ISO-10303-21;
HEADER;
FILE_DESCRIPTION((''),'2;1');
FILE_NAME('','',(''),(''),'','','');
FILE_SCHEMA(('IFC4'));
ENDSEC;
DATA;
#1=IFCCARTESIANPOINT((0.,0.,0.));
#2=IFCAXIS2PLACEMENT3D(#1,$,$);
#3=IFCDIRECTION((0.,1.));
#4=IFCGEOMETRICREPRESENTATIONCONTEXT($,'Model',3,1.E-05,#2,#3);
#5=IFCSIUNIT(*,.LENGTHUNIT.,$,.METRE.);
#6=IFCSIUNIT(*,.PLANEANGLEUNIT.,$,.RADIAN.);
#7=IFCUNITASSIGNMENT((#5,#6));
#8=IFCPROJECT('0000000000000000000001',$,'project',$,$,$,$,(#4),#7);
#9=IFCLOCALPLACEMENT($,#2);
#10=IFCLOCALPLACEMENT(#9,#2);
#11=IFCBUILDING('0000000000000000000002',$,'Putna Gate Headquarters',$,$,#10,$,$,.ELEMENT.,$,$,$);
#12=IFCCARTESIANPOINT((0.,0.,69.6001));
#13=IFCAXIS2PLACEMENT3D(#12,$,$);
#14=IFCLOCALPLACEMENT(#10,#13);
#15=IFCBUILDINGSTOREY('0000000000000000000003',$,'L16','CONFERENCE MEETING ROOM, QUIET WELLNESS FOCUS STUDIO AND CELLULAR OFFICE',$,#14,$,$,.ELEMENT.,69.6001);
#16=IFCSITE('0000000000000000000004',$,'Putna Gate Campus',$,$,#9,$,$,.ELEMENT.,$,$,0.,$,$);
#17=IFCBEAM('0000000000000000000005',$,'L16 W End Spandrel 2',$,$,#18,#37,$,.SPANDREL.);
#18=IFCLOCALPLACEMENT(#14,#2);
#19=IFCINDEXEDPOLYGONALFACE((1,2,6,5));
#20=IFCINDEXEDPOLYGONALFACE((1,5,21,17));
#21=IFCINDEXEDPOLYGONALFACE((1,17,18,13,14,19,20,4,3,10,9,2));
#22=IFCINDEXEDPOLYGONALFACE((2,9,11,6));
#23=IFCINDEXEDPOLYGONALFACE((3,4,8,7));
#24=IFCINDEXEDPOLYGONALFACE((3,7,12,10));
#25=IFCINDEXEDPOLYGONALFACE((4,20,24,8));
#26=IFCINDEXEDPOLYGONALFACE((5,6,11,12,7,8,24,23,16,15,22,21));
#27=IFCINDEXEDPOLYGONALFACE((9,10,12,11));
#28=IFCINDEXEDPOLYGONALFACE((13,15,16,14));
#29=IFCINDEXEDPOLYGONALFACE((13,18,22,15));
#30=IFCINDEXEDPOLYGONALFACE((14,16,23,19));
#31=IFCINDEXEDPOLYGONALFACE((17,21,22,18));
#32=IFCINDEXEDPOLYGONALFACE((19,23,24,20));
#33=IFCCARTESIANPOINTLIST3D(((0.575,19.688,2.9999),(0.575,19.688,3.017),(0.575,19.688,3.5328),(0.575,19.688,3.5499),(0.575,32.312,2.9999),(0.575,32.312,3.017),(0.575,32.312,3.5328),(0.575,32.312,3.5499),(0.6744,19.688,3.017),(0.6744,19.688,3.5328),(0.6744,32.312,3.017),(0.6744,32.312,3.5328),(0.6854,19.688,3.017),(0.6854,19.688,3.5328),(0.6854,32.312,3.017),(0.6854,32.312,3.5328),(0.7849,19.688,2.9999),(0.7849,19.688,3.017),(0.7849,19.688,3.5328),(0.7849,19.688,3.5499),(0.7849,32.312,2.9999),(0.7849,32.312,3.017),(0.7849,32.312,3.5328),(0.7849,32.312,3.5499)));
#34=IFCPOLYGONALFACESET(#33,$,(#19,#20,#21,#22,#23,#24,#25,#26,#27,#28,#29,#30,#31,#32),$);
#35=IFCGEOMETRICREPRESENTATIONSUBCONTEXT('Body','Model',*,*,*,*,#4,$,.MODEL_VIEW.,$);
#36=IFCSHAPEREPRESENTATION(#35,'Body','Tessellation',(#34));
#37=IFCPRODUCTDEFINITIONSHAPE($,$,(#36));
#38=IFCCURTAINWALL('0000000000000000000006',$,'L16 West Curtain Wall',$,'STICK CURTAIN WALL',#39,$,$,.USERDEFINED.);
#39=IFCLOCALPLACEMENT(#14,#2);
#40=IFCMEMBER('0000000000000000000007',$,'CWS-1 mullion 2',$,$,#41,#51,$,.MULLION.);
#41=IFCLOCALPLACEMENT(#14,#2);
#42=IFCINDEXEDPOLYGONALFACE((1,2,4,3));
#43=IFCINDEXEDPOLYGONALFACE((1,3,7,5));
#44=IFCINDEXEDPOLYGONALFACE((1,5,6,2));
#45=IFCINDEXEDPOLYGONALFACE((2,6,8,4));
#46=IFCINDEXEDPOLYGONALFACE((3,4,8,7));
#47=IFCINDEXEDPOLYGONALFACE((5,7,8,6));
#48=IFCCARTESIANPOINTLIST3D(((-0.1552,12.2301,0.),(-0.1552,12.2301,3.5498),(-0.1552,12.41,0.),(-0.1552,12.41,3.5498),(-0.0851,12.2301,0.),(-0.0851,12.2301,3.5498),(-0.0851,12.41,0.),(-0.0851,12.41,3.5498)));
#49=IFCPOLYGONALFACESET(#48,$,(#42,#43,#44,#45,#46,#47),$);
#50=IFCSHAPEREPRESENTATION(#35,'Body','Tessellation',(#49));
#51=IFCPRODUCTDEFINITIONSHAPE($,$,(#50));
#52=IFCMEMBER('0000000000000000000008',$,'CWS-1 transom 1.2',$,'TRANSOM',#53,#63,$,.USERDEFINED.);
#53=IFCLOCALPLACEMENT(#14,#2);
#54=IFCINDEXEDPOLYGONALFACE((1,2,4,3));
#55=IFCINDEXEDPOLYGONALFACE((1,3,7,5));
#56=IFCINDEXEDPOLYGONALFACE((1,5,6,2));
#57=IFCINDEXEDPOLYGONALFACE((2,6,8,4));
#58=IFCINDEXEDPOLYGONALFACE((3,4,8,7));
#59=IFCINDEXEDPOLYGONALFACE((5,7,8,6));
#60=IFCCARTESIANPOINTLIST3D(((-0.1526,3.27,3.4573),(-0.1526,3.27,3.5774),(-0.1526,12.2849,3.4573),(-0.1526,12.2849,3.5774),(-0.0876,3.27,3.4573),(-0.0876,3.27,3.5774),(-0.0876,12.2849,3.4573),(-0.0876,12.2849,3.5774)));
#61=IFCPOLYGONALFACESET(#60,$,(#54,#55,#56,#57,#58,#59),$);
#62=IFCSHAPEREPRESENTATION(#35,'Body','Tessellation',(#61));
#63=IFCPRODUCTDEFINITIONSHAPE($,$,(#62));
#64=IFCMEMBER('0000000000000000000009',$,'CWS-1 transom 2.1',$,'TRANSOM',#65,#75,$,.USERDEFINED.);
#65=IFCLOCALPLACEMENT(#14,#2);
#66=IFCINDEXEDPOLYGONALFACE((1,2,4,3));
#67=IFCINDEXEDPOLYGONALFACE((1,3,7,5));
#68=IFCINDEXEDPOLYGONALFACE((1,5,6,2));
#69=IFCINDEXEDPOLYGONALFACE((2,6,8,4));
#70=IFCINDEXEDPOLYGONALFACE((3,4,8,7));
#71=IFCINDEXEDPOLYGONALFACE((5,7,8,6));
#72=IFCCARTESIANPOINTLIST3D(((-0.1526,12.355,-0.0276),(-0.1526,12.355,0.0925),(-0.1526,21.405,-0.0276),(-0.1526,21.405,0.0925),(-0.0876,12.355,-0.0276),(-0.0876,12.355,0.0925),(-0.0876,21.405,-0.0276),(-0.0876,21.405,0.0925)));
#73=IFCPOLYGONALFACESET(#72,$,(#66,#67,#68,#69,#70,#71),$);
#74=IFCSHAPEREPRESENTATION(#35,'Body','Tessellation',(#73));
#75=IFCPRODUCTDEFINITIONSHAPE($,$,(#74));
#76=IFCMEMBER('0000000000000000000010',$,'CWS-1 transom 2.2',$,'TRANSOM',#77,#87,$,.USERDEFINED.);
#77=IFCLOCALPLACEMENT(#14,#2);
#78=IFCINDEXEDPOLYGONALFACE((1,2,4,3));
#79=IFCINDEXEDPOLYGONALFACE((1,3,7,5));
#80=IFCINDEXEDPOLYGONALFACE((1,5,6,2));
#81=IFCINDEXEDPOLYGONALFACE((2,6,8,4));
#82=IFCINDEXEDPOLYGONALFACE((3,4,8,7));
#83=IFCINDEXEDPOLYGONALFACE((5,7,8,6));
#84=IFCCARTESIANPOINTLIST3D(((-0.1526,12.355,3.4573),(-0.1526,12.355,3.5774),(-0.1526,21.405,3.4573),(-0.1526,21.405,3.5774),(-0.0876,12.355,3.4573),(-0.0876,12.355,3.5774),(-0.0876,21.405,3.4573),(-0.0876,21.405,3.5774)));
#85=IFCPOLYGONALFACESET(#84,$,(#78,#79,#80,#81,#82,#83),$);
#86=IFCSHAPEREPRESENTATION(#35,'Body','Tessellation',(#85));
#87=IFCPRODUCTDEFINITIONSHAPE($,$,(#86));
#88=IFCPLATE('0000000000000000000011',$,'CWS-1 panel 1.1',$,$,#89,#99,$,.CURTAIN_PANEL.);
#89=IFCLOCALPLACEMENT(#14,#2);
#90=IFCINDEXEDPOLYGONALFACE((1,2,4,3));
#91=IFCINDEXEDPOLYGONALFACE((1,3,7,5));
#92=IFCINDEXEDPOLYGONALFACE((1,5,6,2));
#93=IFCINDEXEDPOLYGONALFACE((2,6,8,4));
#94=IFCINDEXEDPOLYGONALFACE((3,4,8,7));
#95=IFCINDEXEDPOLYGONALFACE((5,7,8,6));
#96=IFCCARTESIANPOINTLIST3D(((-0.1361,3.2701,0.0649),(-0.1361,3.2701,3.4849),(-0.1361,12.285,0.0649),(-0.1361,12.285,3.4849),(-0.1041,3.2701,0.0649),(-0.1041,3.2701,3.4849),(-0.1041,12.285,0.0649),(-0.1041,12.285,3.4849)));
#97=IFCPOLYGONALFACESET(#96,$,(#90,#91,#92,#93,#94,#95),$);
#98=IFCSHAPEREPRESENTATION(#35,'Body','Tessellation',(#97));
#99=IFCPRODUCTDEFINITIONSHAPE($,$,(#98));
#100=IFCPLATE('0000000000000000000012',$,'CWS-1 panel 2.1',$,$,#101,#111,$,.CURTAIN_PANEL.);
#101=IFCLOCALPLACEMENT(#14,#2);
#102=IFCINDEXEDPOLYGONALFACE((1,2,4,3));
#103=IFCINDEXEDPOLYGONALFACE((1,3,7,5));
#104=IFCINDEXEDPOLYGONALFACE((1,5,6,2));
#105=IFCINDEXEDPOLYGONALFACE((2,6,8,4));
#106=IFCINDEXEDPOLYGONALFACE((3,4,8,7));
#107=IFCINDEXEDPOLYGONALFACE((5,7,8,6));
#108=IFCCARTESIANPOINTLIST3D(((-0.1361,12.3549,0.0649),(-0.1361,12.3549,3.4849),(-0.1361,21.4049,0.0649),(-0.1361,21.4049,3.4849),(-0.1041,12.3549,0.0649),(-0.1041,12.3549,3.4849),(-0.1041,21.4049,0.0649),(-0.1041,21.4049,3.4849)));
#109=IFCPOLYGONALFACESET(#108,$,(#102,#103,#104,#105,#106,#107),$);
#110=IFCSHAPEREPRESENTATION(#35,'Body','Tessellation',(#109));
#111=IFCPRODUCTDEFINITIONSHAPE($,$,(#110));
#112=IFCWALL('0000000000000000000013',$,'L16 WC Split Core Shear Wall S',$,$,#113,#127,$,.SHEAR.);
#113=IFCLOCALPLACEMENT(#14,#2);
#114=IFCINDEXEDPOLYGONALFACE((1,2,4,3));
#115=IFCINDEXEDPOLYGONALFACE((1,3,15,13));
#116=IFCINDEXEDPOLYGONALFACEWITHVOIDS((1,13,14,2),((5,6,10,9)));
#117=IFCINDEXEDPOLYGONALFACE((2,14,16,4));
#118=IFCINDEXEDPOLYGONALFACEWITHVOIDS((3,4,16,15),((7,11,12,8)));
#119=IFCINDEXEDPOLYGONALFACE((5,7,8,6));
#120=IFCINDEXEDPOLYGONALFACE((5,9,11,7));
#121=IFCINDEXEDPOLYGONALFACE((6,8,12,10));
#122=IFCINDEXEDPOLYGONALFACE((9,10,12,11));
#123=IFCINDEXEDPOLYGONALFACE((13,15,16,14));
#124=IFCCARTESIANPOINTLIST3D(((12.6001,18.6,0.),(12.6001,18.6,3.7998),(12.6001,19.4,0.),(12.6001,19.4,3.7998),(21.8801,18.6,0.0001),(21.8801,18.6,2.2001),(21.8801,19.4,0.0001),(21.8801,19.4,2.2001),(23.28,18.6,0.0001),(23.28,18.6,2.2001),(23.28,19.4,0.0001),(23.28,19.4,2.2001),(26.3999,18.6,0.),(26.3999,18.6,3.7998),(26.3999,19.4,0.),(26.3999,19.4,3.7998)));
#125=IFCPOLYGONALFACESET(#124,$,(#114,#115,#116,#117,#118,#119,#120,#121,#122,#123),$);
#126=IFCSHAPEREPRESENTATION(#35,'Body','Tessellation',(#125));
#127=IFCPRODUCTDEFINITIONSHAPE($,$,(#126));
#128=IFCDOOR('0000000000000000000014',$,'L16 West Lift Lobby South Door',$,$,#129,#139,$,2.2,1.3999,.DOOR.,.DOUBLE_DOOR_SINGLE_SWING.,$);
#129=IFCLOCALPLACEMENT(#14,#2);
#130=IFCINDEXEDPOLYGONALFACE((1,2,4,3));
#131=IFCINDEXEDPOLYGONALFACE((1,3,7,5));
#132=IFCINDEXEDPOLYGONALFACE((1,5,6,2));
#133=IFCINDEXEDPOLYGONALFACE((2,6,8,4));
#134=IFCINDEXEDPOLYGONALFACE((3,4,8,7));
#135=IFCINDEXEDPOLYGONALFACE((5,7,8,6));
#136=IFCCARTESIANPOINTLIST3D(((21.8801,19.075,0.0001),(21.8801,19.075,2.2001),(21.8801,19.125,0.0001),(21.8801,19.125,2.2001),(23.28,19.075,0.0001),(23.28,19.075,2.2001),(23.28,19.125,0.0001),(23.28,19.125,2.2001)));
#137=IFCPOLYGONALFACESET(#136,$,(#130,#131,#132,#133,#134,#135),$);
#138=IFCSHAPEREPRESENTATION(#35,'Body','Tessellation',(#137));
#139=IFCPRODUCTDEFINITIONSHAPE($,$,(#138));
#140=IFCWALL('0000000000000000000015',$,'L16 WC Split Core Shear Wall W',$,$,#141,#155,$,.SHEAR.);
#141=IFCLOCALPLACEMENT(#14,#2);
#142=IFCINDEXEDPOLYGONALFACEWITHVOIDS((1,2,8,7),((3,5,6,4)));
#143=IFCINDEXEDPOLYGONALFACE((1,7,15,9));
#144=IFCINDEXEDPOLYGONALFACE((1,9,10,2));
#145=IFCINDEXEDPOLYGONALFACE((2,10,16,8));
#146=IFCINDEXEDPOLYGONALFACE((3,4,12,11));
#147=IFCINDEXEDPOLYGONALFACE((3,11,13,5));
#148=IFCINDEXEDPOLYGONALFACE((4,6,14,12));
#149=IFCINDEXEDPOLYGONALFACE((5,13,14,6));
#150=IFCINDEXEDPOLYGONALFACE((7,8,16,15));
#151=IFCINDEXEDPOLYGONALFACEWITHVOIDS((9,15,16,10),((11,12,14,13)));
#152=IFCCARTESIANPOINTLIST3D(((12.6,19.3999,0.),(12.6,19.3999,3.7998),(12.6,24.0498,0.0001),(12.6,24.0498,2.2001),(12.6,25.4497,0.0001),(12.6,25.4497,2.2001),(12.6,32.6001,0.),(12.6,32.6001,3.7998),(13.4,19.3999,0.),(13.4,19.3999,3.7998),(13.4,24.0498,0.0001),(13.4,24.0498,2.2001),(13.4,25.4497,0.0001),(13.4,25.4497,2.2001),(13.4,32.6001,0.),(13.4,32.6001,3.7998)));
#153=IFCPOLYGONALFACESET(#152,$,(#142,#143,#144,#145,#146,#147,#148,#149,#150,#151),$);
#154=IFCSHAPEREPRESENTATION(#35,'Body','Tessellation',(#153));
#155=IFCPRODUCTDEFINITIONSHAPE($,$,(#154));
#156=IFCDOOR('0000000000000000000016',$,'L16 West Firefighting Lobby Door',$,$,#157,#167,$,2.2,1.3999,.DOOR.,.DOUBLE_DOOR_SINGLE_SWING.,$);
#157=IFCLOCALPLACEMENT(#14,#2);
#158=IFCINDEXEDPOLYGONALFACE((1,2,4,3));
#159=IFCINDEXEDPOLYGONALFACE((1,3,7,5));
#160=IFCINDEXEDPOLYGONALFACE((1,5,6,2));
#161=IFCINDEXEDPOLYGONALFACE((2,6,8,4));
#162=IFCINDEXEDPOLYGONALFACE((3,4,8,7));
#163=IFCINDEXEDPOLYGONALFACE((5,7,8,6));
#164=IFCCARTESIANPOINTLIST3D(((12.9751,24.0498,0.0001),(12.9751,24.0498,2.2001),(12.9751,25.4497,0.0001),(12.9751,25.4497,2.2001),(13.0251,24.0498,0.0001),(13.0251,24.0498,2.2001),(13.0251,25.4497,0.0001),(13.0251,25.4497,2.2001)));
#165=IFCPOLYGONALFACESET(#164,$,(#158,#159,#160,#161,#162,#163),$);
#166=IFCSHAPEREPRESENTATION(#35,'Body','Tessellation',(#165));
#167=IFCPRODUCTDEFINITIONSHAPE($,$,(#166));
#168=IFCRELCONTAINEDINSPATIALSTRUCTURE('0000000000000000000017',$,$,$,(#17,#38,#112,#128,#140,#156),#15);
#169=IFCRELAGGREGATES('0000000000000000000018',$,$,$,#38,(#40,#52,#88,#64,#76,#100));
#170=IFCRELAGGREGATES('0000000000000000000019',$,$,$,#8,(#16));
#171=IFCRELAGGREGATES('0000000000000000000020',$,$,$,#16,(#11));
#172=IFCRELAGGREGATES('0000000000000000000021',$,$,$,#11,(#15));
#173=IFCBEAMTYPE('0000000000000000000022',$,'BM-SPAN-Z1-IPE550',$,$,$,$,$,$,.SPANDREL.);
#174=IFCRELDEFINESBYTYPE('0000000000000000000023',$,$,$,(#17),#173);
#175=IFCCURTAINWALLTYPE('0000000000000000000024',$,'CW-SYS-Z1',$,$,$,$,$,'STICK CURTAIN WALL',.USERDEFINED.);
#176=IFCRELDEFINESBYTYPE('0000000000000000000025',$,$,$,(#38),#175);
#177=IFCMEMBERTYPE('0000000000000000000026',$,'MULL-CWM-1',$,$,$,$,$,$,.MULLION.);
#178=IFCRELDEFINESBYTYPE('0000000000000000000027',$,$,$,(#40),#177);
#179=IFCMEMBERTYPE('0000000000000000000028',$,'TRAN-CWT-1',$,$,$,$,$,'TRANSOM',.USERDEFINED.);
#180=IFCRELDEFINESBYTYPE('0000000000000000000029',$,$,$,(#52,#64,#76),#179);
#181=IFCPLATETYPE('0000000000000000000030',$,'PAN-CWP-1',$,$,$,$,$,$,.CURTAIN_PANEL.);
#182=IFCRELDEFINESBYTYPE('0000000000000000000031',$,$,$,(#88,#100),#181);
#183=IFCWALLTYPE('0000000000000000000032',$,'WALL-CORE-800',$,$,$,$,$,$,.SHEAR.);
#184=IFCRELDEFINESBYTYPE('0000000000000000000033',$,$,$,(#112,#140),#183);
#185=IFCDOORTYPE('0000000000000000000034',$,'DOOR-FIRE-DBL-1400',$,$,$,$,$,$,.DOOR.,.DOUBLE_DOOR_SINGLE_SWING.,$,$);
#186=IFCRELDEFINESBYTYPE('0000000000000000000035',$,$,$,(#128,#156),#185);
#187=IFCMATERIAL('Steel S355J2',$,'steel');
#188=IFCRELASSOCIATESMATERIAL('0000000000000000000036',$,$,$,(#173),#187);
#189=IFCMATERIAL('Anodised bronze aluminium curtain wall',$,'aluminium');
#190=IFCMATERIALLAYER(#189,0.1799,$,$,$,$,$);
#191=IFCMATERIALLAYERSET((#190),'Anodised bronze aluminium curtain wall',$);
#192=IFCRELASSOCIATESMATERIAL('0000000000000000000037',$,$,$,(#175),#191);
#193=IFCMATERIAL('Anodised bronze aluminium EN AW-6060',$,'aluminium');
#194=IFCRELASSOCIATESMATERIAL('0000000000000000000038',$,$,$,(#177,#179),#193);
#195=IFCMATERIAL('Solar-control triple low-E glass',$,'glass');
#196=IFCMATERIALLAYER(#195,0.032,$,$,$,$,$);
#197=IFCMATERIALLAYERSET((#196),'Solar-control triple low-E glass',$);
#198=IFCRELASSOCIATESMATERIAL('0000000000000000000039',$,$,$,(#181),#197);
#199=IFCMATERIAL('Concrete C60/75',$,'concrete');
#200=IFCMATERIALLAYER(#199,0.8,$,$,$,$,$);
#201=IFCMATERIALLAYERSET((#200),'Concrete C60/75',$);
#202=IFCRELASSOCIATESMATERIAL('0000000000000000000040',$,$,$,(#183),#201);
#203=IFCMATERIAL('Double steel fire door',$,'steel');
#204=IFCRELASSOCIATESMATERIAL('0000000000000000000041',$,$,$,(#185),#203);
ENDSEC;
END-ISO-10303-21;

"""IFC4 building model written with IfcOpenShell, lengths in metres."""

from ifc_helpers import new_model, si_unit, direction, frame, frame_2d, origin, origin_2d, place, context, subcontext, project, spatial, rectangle, i_section, extrude, material, layer, layer_set, material_profile, profile_set, type_object, element, fill, aggregate, save


model = new_model("IFC4")

# Units and contexts
model_context = context("Model", 3, precision=1e-05, world=origin(), true_north=direction((0.0, 1.0)))
body_context = subcontext(model_context, "Body", "Model", "MODEL_VIEW")
ifc_project = project(units=[si_unit("LENGTHUNIT", "METRE"), si_unit("PLANEANGLEUNIT", "RADIAN")], contexts=[model_context])

# Site, building, storey
site_placement = place(None, origin())
site = spatial("IfcSite", under=ifc_project, at=site_placement, Name="Putna Gate Campus", CompositionType="ELEMENT", RefElevation=0.0)
building_placement = place(site_placement, origin())
building = spatial("IfcBuilding", under=site, at=building_placement, Name="Putna Gate Headquarters", CompositionType="ELEMENT")
storey_placement = place(building_placement, frame((0.0, 0.0, 69.6001)))
storey = spatial("IfcBuildingStorey", under=building, at=storey_placement, Name="L16", Description="CONFERENCE MEETING ROOM, QUIET WELLNESS FOCUS STUDIO AND CELLULAR OFFICE", CompositionType="ELEMENT", Elevation=69.6001)

# Shared definitions
ifc_material_1 = material(Name="Concrete C60/75", Category="concrete")

# Beam
ifc_material_2 = material(Name="Steel S355J2", Category="steel")
ifc_material_profile_1 = material_profile(ifc_material_2, i_section(OverallWidth=0.21, OverallDepth=0.55, WebThickness=0.011, FlangeThickness=0.0171, at=origin_2d()), Name="Steel S355J2")
ifc_profile_set_1 = profile_set([ifc_material_profile_1], Name="Steel S355J2")
beam_type_1 = type_object("IfcBeamType", Name="BM-SPAN-Z1-IPE550", PredefinedType="SPANDREL", material=ifc_profile_set_1)
beam_1_placement = place(storey_placement, frame((0.6799, 19.688, 3.2749), z_axis=(0.0, 1.0, 0.0), x_axis=(-1.0, 0.0, 0.0)))
element("IfcBeam", 1, at=beam_1_placement, inside=storey, type_object=beam_type_1, Name="L16 W End Spandrel 2", PredefinedType="SPANDREL", context=body_context, shape_type="SweptSolid", body=[
    extrude(i_section(OverallWidth=0.21, OverallDepth=0.55, WebThickness=0.011, FlangeThickness=0.0171, at=origin_2d()), origin(), (0.0, 0.0, 1.0), 12.624),
])

# Curtain wall, members, plates
ifc_material_3 = material(Name="Anodised bronze aluminium curtain wall", Category="aluminium")
ifc_layer_1 = layer(ifc_material_3, 0.1799)
ifc_layer_set_1 = layer_set([ifc_layer_1], Name="Anodised bronze aluminium curtain wall")
curtain_wall_type = type_object("IfcCurtainWallType", Name="CW-SYS-Z1", ElementType="STICK CURTAIN WALL", PredefinedType="USERDEFINED", material=ifc_layer_set_1)
curtain_wall_placement = place(storey_placement, origin())
curtain_wall = element("IfcCurtainWall", 2, at=curtain_wall_placement, inside=storey, type_object=curtain_wall_type, Name="L16 West Curtain Wall", ObjectType="STICK CURTAIN WALL", PredefinedType="USERDEFINED")
ifc_material_4 = material(Name="Anodised bronze aluminium EN AW-6060", Category="aluminium")
ifc_material_profile_2 = material_profile(ifc_material_4, rectangle(XDim=0.0701, YDim=0.1799, at=origin_2d()), Name="Anodised bronze aluminium EN AW-6060")
ifc_profile_set_2 = profile_set([ifc_material_profile_2], Name="Anodised bronze aluminium EN AW-6060")
member_type_1 = type_object("IfcMemberType", Name="MULL-CWM-1", PredefinedType="MULLION", material=ifc_profile_set_2)
member_1_placement = place(storey_placement, frame((-0.1201, 12.3201, 0.0), z_axis=(0.0, 0.0, 1.0), x_axis=(-1.0, 0.0, 0.0)))
member_1 = element("IfcMember", 3, at=member_1_placement, type_object=member_type_1, Name="CWS-1 mullion 2", PredefinedType="MULLION", context=body_context, shape_type="SweptSolid", body=[
    extrude(rectangle(XDim=0.0701, YDim=0.1799, at=origin_2d()), origin(), (0.0, 0.0, 1.0), 3.5498),
])
ifc_material_profile_3 = material_profile(ifc_material_4, rectangle(XDim=0.0649, YDim=0.1201, at=origin_2d()), Name="Anodised bronze aluminium EN AW-6060")
ifc_profile_set_3 = profile_set([ifc_material_profile_3], Name="Anodised bronze aluminium EN AW-6060")
member_type_2 = type_object("IfcMemberType", Name="TRAN-CWT-1", ElementType="TRANSOM", PredefinedType="USERDEFINED", material=ifc_profile_set_3)
member_2_placement = place(storey_placement, frame((-0.1201, 3.27, 3.5173), z_axis=(0.0, 1.0, 0.0), x_axis=(-1.0, 0.0, 0.0)))
member_2 = element("IfcMember", 4, at=member_2_placement, type_object=member_type_2, Name="CWS-1 transom 1.2", ObjectType="TRANSOM", PredefinedType="USERDEFINED", context=body_context, shape_type="SweptSolid", body=[
    extrude(rectangle(XDim=0.0649, YDim=0.1201, at=origin_2d()), origin(), (0.0, 0.0, 1.0), 9.0149),
])
member_3_placement = place(storey_placement, frame((-0.1201, 12.355, 0.0325), z_axis=(0.0, 1.0, 0.0), x_axis=(-1.0, 0.0, 0.0)))
member_3 = element("IfcMember", 5, at=member_3_placement, type_object=member_type_2, Name="CWS-1 transom 2.1", ObjectType="TRANSOM", PredefinedType="USERDEFINED", context=body_context, shape_type="SweptSolid", body=[
    extrude(rectangle(XDim=0.0649, YDim=0.1201, at=origin_2d()), origin(), (0.0, 0.0, 1.0), 9.05),
])
member_4_placement = place(storey_placement, frame((-0.1201, 12.355, 3.5173), z_axis=(0.0, 1.0, 0.0), x_axis=(-1.0, 0.0, 0.0)))
member_4 = element("IfcMember", 6, at=member_4_placement, type_object=member_type_2, Name="CWS-1 transom 2.2", ObjectType="TRANSOM", PredefinedType="USERDEFINED", context=body_context, shape_type="SweptSolid", body=[
    extrude(rectangle(XDim=0.0649, YDim=0.1201, at=origin_2d()), origin(), (0.0, 0.0, 1.0), 9.05),
])
ifc_material_5 = material(Name="Solar-control triple low-E glass", Category="glass")
ifc_layer_2 = layer(ifc_material_5, 0.032)
ifc_layer_set_2 = layer_set([ifc_layer_2], Name="Solar-control triple low-E glass")
plate_type = type_object("IfcPlateType", Name="PAN-CWP-1", PredefinedType="CURTAIN_PANEL", material=ifc_layer_set_2)
plate_1_placement = place(storey_placement, frame((-0.1201, 7.7776, 0.0649), z_axis=(0.0, 0.0, 1.0), x_axis=(0.0, 1.0, 0.0)))
plate_1 = element("IfcPlate", 7, at=plate_1_placement, type_object=plate_type, Name="CWS-1 panel 1.1", PredefinedType="CURTAIN_PANEL", context=body_context, shape_type="SweptSolid", body=[
    extrude(rectangle(XDim=9.0149, YDim=0.032, at=origin_2d()), origin(), (0.0, 0.0, 1.0), 3.4199),
])
plate_2_placement = place(storey_placement, frame((-0.1201, 16.8799, 0.0649), z_axis=(0.0, 0.0, 1.0), x_axis=(0.0, 1.0, 0.0)))
plate_2 = element("IfcPlate", 8, at=plate_2_placement, type_object=plate_type, Name="CWS-1 panel 2.1", PredefinedType="CURTAIN_PANEL", context=body_context, shape_type="SweptSolid", body=[
    extrude(rectangle(XDim=9.05, YDim=0.032, at=origin_2d()), origin(), (0.0, 0.0, 1.0), 3.4199),
])
aggregate(curtain_wall, [member_1, member_2, plate_1, member_3, member_4, plate_2])

# Walls, openings, doors
ifc_layer_3 = layer(ifc_material_1, 0.8)
ifc_layer_set_3 = layer_set([ifc_layer_3], Name="Concrete C60/75")
wall_type_1 = type_object("IfcWallType", Name="WALL-CORE-800", PredefinedType="SHEAR", material=ifc_layer_set_3)
wall_1_placement = place(storey_placement, frame((12.6001, 19.0, 0.0), z_axis=(0.0, 0.0, 1.0), x_axis=(1.0, 0.0, 0.0)))
wall_1 = element("IfcWall", 9, at=wall_1_placement, inside=storey, type_object=wall_type_1, Name="L16 WC Split Core Shear Wall S", PredefinedType="SHEAR", context=body_context, shape_type="SweptSolid", body=[
    extrude(rectangle(XDim=13.7998, YDim=0.8, at=frame_2d((6.8999, 0.0))), origin(), (0.0, 0.0, 1.0), 3.7998),
])
opening_1_placement = place(wall_1_placement, frame((9.28, 0.0, 0.0)))
opening_1 = element("IfcOpeningElement", 10, at=opening_1_placement, cuts=wall_1, PredefinedType="OPENING", context=body_context, shape_type="SweptSolid", body=[
    extrude(rectangle(XDim=1.3999, YDim=2.2, at=frame_2d((0.7, 1.1001))), frame((0.0, 0.4099, 0.0), z_axis=(0.0, -1.0, 0.0), x_axis=(1.0, 0.0, 0.0)), (0.0, 0.0, 1.0), 0.8201),
])
ifc_material_6 = material(Name="Double steel fire door", Category="steel")
door_type_1 = type_object("IfcDoorType", Name="DOOR-FIRE-DBL-1400", OperationType="DOUBLE_DOOR_SINGLE_SWING", PredefinedType="DOOR", material=ifc_material_6)
door_1_placement = place(opening_1_placement, origin())
door_1 = element("IfcDoor", 11, at=door_1_placement, inside=storey, type_object=door_type_1, Name="L16 West Lift Lobby South Door", OperationType="DOUBLE_DOOR_SINGLE_SWING", OverallHeight=2.2, OverallWidth=1.3999, PredefinedType="DOOR", context=body_context, shape_type="SweptSolid", body=[
    extrude(rectangle(XDim=1.3999, YDim=2.2, at=frame_2d((0.7, 1.1001))), frame((0.0, 0.125, 0.0), z_axis=(0.0, -1.0, 0.0), x_axis=(1.0, 0.0, 0.0)), (0.0, 0.0, 1.0), 0.05),
])
fill(opening_1, door_1)
wall_2_placement = place(storey_placement, frame((13.0, 19.3999, 0.0), z_axis=(0.0, 0.0, 1.0), x_axis=(0.0, 1.0, 0.0)))
wall_2 = element("IfcWall", 12, at=wall_2_placement, inside=storey, type_object=wall_type_1, Name="L16 WC Split Core Shear Wall W", PredefinedType="SHEAR", context=body_context, shape_type="SweptSolid", body=[
    extrude(rectangle(XDim=13.2002, YDim=0.8, at=frame_2d((6.6001, 0.0))), origin(), (0.0, 0.0, 1.0), 3.7998),
])
opening_2_placement = place(wall_2_placement, frame((4.6499, 0.0, 0.0)))
opening_2 = element("IfcOpeningElement", 13, at=opening_2_placement, cuts=wall_2, PredefinedType="OPENING", context=body_context, shape_type="SweptSolid", body=[
    extrude(rectangle(XDim=1.3999, YDim=2.2, at=frame_2d((0.7, 1.1001))), frame((0.0, 0.4099, 0.0), z_axis=(0.0, -1.0, 0.0), x_axis=(1.0, 0.0, 0.0)), (0.0, 0.0, 1.0), 0.8201),
])
door_2_placement = place(opening_2_placement, origin())
door_2 = element("IfcDoor", 14, at=door_2_placement, inside=storey, type_object=door_type_1, Name="L16 West Firefighting Lobby Door", OperationType="DOUBLE_DOOR_SINGLE_SWING", OverallHeight=2.2, OverallWidth=1.3999, PredefinedType="DOOR", context=body_context, shape_type="SweptSolid", body=[
    extrude(rectangle(XDim=1.3999, YDim=2.2, at=frame_2d((0.7, 1.1001))), frame((0.0, 0.0249, 0.0), z_axis=(0.0, -1.0, 0.0), x_axis=(1.0, 0.0, 0.0)), (0.0, 0.0, 1.0), 0.05),
])
fill(opening_2, door_2)

save(model, "model.ifc")
